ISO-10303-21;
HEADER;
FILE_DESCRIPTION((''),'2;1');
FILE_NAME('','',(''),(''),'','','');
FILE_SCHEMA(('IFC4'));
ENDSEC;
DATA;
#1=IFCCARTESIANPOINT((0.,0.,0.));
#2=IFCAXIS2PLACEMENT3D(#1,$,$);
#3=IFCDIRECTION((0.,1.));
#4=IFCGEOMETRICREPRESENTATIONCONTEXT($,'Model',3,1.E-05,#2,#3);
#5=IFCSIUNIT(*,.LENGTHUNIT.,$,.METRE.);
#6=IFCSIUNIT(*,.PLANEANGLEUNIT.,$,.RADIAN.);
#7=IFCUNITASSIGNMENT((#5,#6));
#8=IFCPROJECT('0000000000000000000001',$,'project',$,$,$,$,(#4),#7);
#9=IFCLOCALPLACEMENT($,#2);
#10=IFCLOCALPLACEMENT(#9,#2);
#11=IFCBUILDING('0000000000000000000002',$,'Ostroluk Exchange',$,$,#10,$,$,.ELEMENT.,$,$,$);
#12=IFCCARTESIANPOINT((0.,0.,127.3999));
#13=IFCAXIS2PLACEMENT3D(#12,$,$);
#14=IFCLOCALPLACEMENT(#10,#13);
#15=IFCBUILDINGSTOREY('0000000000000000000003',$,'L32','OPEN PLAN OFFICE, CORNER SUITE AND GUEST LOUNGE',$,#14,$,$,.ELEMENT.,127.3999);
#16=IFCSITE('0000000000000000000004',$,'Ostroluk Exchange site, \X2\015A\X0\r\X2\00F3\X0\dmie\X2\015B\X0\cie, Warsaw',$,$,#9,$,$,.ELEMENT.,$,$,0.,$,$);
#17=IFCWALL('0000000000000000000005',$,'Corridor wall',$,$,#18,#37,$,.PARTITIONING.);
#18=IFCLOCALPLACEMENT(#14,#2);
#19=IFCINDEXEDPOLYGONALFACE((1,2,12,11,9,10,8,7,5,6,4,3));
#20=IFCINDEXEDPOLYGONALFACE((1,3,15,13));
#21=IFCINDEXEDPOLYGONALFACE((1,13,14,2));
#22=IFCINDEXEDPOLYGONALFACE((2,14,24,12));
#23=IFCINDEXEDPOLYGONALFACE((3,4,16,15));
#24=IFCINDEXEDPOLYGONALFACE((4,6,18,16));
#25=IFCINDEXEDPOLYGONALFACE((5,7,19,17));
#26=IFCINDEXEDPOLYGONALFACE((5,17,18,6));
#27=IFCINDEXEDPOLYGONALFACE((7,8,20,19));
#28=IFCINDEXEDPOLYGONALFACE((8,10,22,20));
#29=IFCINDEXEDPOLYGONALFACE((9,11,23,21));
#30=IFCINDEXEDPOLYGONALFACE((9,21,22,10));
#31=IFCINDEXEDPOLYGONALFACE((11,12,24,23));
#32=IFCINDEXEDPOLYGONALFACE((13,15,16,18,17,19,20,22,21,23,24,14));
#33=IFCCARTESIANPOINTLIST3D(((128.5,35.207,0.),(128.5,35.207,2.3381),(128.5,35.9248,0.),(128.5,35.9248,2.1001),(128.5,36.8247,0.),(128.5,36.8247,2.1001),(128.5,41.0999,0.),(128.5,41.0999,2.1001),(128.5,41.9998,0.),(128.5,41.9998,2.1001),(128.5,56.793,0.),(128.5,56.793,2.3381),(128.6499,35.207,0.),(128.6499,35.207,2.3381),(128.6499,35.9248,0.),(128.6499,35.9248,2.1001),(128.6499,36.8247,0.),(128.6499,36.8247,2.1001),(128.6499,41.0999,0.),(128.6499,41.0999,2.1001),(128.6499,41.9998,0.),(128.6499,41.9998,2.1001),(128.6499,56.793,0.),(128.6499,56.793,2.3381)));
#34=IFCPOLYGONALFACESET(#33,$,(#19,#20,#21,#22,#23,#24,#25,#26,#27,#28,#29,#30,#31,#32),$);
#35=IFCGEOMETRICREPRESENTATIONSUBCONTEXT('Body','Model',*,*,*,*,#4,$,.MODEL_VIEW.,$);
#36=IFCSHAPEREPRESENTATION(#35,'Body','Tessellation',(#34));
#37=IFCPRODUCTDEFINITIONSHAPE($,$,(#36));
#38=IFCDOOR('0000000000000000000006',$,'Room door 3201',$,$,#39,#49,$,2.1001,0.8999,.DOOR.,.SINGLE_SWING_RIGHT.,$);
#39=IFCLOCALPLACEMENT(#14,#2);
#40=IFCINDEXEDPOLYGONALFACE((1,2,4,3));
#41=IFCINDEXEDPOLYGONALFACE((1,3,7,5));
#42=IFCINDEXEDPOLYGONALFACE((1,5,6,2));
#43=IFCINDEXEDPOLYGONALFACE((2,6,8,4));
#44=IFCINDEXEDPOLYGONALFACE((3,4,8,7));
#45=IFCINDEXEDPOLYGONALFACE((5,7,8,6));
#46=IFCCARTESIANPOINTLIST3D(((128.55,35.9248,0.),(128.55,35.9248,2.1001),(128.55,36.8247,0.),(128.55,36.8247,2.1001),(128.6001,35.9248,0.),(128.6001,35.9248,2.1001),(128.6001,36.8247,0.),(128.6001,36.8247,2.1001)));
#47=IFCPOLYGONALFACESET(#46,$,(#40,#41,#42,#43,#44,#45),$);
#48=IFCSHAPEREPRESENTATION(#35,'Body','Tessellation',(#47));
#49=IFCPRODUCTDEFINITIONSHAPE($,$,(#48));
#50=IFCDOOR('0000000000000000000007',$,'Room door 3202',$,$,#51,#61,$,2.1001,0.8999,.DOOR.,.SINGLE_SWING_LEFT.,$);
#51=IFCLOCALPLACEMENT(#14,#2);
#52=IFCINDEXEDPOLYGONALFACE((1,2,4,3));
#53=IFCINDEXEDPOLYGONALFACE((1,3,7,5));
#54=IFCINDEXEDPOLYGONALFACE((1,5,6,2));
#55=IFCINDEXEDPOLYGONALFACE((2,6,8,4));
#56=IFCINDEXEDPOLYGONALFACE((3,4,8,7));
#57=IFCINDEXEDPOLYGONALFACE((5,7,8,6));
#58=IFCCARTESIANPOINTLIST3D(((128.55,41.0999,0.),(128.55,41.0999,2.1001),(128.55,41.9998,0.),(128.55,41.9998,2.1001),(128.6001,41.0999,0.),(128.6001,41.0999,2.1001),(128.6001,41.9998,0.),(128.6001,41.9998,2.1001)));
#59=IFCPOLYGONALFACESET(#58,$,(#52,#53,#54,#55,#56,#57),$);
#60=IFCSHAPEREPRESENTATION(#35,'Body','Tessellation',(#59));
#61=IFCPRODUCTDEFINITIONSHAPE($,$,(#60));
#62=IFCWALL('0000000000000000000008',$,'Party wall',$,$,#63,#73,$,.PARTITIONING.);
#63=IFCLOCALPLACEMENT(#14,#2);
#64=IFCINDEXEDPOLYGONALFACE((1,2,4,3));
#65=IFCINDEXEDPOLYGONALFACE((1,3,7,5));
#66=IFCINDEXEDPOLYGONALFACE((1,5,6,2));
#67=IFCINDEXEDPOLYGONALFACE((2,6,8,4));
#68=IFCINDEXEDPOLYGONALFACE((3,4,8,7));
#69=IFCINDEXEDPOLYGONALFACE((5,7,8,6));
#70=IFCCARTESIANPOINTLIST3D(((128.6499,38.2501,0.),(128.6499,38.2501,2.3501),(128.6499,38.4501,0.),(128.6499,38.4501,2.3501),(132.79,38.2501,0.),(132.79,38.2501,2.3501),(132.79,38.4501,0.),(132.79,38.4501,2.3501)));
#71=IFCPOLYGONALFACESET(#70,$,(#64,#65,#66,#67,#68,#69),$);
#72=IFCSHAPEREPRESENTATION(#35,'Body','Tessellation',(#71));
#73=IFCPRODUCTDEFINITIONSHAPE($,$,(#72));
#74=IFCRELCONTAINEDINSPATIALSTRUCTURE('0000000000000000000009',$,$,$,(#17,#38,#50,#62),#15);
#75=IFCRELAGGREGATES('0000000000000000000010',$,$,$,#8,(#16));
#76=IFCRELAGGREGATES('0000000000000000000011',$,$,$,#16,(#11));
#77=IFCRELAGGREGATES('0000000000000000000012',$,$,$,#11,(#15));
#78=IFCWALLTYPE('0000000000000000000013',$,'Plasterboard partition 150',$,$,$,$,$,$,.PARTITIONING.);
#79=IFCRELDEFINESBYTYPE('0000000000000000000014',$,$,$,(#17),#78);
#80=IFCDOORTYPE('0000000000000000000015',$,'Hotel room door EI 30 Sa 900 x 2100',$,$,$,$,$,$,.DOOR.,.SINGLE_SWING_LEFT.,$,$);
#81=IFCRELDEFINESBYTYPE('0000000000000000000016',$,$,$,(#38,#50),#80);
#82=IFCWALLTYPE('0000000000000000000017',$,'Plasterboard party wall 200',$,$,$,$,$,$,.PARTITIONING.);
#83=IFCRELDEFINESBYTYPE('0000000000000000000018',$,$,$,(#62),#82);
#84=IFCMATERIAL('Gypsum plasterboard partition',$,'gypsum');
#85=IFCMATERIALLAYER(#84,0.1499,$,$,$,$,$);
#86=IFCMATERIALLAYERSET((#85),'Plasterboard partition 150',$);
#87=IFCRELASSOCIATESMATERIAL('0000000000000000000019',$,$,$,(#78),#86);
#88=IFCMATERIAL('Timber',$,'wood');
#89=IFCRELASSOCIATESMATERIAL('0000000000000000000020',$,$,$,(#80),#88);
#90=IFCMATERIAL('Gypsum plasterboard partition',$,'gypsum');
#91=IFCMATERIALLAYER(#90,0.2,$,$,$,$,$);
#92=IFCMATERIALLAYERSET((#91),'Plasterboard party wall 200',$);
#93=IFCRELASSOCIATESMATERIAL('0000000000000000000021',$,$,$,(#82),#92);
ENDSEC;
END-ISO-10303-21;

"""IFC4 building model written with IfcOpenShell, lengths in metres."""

from ifc_helpers import new_model, si_unit, direction, frame, frame_2d, origin, place, context, subcontext, project, spatial, rectangle, extrude, material, layer, layer_set, type_object, element, fill, save


model = new_model("IFC4")

# Units and contexts
model_context = context("Model", 3, precision=1e-05, world=origin(), true_north=direction((0.0, 1.0)))
body_context = subcontext(model_context, "Body", "Model", "MODEL_VIEW")
ifc_project = project(units=[si_unit("LENGTHUNIT", "METRE"), si_unit("PLANEANGLEUNIT", "RADIAN")], contexts=[model_context])

# Site, building, storey
site_placement = place(None, origin())
site = spatial("IfcSite", under=ifc_project, at=site_placement, Name="Ostroluk Exchange site, Śródmieście, Warsaw", CompositionType="ELEMENT", RefElevation=0.0)
building_placement = place(site_placement, origin())
building = spatial("IfcBuilding", under=site, at=building_placement, Name="Ostroluk Exchange", CompositionType="ELEMENT")
storey_placement = place(building_placement, frame((0.0, 0.0, 127.3999)))
storey = spatial("IfcBuildingStorey", under=building, at=storey_placement, Name="L32", Description="OPEN PLAN OFFICE, CORNER SUITE AND GUEST LOUNGE", CompositionType="ELEMENT", Elevation=127.3999)

# Wall, openings, doors
ifc_material_1 = material(Name="Gypsum plasterboard partition", Category="gypsum")
ifc_layer_1 = layer(ifc_material_1, 0.1499)
ifc_layer_set_1 = layer_set([ifc_layer_1], Name="Plasterboard partition 150")
wall_type_1 = type_object("IfcWallType", Name="Plasterboard partition 150", PredefinedType="PARTITIONING", material=ifc_layer_set_1)
wall_1_placement = place(storey_placement, frame((128.575, 35.207, 0.0), z_axis=(0.0, 0.0, 1.0), x_axis=(0.0, 1.0, 0.0)))
wall_1 = element("IfcWall", 1, at=wall_1_placement, inside=storey, type_object=wall_type_1, Name="Corridor wall", PredefinedType="PARTITIONING", context=body_context, shape_type="SweptSolid", body=[
    extrude(rectangle(XDim=21.5859, YDim=0.1499, at=frame_2d((10.793, 0.0))), origin(), (0.0, 0.0, 1.0), 2.3381),
])
opening_1_placement = place(wall_1_placement, frame((0.7178, 0.0, 0.0)))
opening_1 = element("IfcOpeningElement", 2, at=opening_1_placement, cuts=wall_1, PredefinedType="OPENING", context=body_context, shape_type="SweptSolid", body=[
    extrude(rectangle(XDim=0.8999, YDim=2.1001, at=frame_2d((0.45, 1.05))), frame((0.0, 0.085, 0.0), z_axis=(0.0, -1.0, 0.0), x_axis=(1.0, 0.0, 0.0)), (0.0, 0.0, 1.0), 0.1699),
])
opening_2_placement = place(wall_1_placement, frame((5.8928, 0.0, 0.0)))
opening_2 = element("IfcOpeningElement", 3, at=opening_2_placement, cuts=wall_1, PredefinedType="OPENING", context=body_context, shape_type="SweptSolid", body=[
    extrude(rectangle(XDim=0.8999, YDim=2.1001, at=frame_2d((0.45, 1.05))), frame((0.0, 0.085, 0.0), z_axis=(0.0, -1.0, 0.0), x_axis=(1.0, 0.0, 0.0)), (0.0, 0.0, 1.0), 0.1699),
])
ifc_material_2 = material(Name="Timber", Category="wood")
door_type_1 = type_object("IfcDoorType", Name="Hotel room door EI 30 Sa 900 x 2100", OperationType="SINGLE_SWING_LEFT", PredefinedType="DOOR", material=ifc_material_2)
door_1_placement = place(opening_1_placement, origin())
door_1 = element("IfcDoor", 4, at=door_1_placement, inside=storey, type_object=door_type_1, Name="Room door 3201", OperationType="SINGLE_SWING_RIGHT", OverallHeight=2.1001, OverallWidth=0.8999, PredefinedType="DOOR", context=body_context, shape_type="SweptSolid", body=[
    extrude(rectangle(XDim=0.8999, YDim=2.1001, at=frame_2d((0.45, 1.05))), frame((0.0, 0.0249, 0.0), z_axis=(0.0, -1.0, 0.0), x_axis=(1.0, 0.0, 0.0)), (0.0, 0.0, 1.0), 0.05),
])
fill(opening_1, door_1)
door_2_placement = place(opening_2_placement, origin())
door_2 = element("IfcDoor", 5, at=door_2_placement, inside=storey, type_object=door_type_1, Name="Room door 3202", OperationType="SINGLE_SWING_LEFT", OverallHeight=2.1001, OverallWidth=0.8999, PredefinedType="DOOR", context=body_context, shape_type="SweptSolid", body=[
    extrude(rectangle(XDim=0.8999, YDim=2.1001, at=frame_2d((0.45, 1.05))), frame((0.0, 0.0249, 0.0), z_axis=(0.0, -1.0, 0.0), x_axis=(1.0, 0.0, 0.0)), (0.0, 0.0, 1.0), 0.05),
])
fill(opening_2, door_2)

# Wall
ifc_material_3 = material(Name="Gypsum plasterboard partition", Category="gypsum")
ifc_layer_2 = layer(ifc_material_3, 0.2)
ifc_layer_set_2 = layer_set([ifc_layer_2], Name="Plasterboard party wall 200")
wall_type_2 = type_object("IfcWallType", Name="Plasterboard party wall 200", PredefinedType="PARTITIONING", material=ifc_layer_set_2)
wall_2_placement = place(storey_placement, frame((128.6499, 38.3501, 0.0), z_axis=(0.0, 0.0, 1.0), x_axis=(1.0, 0.0, 0.0)))
element("IfcWall", 6, at=wall_2_placement, inside=storey, type_object=wall_type_2, Name="Party wall", PredefinedType="PARTITIONING", context=body_context, shape_type="SweptSolid", body=[
    extrude(rectangle(XDim=4.1401, YDim=0.2, at=frame_2d((2.0701, 0.0))), origin(), (0.0, 0.0, 1.0), 2.3501),
])

save(model, "model.ifc")
